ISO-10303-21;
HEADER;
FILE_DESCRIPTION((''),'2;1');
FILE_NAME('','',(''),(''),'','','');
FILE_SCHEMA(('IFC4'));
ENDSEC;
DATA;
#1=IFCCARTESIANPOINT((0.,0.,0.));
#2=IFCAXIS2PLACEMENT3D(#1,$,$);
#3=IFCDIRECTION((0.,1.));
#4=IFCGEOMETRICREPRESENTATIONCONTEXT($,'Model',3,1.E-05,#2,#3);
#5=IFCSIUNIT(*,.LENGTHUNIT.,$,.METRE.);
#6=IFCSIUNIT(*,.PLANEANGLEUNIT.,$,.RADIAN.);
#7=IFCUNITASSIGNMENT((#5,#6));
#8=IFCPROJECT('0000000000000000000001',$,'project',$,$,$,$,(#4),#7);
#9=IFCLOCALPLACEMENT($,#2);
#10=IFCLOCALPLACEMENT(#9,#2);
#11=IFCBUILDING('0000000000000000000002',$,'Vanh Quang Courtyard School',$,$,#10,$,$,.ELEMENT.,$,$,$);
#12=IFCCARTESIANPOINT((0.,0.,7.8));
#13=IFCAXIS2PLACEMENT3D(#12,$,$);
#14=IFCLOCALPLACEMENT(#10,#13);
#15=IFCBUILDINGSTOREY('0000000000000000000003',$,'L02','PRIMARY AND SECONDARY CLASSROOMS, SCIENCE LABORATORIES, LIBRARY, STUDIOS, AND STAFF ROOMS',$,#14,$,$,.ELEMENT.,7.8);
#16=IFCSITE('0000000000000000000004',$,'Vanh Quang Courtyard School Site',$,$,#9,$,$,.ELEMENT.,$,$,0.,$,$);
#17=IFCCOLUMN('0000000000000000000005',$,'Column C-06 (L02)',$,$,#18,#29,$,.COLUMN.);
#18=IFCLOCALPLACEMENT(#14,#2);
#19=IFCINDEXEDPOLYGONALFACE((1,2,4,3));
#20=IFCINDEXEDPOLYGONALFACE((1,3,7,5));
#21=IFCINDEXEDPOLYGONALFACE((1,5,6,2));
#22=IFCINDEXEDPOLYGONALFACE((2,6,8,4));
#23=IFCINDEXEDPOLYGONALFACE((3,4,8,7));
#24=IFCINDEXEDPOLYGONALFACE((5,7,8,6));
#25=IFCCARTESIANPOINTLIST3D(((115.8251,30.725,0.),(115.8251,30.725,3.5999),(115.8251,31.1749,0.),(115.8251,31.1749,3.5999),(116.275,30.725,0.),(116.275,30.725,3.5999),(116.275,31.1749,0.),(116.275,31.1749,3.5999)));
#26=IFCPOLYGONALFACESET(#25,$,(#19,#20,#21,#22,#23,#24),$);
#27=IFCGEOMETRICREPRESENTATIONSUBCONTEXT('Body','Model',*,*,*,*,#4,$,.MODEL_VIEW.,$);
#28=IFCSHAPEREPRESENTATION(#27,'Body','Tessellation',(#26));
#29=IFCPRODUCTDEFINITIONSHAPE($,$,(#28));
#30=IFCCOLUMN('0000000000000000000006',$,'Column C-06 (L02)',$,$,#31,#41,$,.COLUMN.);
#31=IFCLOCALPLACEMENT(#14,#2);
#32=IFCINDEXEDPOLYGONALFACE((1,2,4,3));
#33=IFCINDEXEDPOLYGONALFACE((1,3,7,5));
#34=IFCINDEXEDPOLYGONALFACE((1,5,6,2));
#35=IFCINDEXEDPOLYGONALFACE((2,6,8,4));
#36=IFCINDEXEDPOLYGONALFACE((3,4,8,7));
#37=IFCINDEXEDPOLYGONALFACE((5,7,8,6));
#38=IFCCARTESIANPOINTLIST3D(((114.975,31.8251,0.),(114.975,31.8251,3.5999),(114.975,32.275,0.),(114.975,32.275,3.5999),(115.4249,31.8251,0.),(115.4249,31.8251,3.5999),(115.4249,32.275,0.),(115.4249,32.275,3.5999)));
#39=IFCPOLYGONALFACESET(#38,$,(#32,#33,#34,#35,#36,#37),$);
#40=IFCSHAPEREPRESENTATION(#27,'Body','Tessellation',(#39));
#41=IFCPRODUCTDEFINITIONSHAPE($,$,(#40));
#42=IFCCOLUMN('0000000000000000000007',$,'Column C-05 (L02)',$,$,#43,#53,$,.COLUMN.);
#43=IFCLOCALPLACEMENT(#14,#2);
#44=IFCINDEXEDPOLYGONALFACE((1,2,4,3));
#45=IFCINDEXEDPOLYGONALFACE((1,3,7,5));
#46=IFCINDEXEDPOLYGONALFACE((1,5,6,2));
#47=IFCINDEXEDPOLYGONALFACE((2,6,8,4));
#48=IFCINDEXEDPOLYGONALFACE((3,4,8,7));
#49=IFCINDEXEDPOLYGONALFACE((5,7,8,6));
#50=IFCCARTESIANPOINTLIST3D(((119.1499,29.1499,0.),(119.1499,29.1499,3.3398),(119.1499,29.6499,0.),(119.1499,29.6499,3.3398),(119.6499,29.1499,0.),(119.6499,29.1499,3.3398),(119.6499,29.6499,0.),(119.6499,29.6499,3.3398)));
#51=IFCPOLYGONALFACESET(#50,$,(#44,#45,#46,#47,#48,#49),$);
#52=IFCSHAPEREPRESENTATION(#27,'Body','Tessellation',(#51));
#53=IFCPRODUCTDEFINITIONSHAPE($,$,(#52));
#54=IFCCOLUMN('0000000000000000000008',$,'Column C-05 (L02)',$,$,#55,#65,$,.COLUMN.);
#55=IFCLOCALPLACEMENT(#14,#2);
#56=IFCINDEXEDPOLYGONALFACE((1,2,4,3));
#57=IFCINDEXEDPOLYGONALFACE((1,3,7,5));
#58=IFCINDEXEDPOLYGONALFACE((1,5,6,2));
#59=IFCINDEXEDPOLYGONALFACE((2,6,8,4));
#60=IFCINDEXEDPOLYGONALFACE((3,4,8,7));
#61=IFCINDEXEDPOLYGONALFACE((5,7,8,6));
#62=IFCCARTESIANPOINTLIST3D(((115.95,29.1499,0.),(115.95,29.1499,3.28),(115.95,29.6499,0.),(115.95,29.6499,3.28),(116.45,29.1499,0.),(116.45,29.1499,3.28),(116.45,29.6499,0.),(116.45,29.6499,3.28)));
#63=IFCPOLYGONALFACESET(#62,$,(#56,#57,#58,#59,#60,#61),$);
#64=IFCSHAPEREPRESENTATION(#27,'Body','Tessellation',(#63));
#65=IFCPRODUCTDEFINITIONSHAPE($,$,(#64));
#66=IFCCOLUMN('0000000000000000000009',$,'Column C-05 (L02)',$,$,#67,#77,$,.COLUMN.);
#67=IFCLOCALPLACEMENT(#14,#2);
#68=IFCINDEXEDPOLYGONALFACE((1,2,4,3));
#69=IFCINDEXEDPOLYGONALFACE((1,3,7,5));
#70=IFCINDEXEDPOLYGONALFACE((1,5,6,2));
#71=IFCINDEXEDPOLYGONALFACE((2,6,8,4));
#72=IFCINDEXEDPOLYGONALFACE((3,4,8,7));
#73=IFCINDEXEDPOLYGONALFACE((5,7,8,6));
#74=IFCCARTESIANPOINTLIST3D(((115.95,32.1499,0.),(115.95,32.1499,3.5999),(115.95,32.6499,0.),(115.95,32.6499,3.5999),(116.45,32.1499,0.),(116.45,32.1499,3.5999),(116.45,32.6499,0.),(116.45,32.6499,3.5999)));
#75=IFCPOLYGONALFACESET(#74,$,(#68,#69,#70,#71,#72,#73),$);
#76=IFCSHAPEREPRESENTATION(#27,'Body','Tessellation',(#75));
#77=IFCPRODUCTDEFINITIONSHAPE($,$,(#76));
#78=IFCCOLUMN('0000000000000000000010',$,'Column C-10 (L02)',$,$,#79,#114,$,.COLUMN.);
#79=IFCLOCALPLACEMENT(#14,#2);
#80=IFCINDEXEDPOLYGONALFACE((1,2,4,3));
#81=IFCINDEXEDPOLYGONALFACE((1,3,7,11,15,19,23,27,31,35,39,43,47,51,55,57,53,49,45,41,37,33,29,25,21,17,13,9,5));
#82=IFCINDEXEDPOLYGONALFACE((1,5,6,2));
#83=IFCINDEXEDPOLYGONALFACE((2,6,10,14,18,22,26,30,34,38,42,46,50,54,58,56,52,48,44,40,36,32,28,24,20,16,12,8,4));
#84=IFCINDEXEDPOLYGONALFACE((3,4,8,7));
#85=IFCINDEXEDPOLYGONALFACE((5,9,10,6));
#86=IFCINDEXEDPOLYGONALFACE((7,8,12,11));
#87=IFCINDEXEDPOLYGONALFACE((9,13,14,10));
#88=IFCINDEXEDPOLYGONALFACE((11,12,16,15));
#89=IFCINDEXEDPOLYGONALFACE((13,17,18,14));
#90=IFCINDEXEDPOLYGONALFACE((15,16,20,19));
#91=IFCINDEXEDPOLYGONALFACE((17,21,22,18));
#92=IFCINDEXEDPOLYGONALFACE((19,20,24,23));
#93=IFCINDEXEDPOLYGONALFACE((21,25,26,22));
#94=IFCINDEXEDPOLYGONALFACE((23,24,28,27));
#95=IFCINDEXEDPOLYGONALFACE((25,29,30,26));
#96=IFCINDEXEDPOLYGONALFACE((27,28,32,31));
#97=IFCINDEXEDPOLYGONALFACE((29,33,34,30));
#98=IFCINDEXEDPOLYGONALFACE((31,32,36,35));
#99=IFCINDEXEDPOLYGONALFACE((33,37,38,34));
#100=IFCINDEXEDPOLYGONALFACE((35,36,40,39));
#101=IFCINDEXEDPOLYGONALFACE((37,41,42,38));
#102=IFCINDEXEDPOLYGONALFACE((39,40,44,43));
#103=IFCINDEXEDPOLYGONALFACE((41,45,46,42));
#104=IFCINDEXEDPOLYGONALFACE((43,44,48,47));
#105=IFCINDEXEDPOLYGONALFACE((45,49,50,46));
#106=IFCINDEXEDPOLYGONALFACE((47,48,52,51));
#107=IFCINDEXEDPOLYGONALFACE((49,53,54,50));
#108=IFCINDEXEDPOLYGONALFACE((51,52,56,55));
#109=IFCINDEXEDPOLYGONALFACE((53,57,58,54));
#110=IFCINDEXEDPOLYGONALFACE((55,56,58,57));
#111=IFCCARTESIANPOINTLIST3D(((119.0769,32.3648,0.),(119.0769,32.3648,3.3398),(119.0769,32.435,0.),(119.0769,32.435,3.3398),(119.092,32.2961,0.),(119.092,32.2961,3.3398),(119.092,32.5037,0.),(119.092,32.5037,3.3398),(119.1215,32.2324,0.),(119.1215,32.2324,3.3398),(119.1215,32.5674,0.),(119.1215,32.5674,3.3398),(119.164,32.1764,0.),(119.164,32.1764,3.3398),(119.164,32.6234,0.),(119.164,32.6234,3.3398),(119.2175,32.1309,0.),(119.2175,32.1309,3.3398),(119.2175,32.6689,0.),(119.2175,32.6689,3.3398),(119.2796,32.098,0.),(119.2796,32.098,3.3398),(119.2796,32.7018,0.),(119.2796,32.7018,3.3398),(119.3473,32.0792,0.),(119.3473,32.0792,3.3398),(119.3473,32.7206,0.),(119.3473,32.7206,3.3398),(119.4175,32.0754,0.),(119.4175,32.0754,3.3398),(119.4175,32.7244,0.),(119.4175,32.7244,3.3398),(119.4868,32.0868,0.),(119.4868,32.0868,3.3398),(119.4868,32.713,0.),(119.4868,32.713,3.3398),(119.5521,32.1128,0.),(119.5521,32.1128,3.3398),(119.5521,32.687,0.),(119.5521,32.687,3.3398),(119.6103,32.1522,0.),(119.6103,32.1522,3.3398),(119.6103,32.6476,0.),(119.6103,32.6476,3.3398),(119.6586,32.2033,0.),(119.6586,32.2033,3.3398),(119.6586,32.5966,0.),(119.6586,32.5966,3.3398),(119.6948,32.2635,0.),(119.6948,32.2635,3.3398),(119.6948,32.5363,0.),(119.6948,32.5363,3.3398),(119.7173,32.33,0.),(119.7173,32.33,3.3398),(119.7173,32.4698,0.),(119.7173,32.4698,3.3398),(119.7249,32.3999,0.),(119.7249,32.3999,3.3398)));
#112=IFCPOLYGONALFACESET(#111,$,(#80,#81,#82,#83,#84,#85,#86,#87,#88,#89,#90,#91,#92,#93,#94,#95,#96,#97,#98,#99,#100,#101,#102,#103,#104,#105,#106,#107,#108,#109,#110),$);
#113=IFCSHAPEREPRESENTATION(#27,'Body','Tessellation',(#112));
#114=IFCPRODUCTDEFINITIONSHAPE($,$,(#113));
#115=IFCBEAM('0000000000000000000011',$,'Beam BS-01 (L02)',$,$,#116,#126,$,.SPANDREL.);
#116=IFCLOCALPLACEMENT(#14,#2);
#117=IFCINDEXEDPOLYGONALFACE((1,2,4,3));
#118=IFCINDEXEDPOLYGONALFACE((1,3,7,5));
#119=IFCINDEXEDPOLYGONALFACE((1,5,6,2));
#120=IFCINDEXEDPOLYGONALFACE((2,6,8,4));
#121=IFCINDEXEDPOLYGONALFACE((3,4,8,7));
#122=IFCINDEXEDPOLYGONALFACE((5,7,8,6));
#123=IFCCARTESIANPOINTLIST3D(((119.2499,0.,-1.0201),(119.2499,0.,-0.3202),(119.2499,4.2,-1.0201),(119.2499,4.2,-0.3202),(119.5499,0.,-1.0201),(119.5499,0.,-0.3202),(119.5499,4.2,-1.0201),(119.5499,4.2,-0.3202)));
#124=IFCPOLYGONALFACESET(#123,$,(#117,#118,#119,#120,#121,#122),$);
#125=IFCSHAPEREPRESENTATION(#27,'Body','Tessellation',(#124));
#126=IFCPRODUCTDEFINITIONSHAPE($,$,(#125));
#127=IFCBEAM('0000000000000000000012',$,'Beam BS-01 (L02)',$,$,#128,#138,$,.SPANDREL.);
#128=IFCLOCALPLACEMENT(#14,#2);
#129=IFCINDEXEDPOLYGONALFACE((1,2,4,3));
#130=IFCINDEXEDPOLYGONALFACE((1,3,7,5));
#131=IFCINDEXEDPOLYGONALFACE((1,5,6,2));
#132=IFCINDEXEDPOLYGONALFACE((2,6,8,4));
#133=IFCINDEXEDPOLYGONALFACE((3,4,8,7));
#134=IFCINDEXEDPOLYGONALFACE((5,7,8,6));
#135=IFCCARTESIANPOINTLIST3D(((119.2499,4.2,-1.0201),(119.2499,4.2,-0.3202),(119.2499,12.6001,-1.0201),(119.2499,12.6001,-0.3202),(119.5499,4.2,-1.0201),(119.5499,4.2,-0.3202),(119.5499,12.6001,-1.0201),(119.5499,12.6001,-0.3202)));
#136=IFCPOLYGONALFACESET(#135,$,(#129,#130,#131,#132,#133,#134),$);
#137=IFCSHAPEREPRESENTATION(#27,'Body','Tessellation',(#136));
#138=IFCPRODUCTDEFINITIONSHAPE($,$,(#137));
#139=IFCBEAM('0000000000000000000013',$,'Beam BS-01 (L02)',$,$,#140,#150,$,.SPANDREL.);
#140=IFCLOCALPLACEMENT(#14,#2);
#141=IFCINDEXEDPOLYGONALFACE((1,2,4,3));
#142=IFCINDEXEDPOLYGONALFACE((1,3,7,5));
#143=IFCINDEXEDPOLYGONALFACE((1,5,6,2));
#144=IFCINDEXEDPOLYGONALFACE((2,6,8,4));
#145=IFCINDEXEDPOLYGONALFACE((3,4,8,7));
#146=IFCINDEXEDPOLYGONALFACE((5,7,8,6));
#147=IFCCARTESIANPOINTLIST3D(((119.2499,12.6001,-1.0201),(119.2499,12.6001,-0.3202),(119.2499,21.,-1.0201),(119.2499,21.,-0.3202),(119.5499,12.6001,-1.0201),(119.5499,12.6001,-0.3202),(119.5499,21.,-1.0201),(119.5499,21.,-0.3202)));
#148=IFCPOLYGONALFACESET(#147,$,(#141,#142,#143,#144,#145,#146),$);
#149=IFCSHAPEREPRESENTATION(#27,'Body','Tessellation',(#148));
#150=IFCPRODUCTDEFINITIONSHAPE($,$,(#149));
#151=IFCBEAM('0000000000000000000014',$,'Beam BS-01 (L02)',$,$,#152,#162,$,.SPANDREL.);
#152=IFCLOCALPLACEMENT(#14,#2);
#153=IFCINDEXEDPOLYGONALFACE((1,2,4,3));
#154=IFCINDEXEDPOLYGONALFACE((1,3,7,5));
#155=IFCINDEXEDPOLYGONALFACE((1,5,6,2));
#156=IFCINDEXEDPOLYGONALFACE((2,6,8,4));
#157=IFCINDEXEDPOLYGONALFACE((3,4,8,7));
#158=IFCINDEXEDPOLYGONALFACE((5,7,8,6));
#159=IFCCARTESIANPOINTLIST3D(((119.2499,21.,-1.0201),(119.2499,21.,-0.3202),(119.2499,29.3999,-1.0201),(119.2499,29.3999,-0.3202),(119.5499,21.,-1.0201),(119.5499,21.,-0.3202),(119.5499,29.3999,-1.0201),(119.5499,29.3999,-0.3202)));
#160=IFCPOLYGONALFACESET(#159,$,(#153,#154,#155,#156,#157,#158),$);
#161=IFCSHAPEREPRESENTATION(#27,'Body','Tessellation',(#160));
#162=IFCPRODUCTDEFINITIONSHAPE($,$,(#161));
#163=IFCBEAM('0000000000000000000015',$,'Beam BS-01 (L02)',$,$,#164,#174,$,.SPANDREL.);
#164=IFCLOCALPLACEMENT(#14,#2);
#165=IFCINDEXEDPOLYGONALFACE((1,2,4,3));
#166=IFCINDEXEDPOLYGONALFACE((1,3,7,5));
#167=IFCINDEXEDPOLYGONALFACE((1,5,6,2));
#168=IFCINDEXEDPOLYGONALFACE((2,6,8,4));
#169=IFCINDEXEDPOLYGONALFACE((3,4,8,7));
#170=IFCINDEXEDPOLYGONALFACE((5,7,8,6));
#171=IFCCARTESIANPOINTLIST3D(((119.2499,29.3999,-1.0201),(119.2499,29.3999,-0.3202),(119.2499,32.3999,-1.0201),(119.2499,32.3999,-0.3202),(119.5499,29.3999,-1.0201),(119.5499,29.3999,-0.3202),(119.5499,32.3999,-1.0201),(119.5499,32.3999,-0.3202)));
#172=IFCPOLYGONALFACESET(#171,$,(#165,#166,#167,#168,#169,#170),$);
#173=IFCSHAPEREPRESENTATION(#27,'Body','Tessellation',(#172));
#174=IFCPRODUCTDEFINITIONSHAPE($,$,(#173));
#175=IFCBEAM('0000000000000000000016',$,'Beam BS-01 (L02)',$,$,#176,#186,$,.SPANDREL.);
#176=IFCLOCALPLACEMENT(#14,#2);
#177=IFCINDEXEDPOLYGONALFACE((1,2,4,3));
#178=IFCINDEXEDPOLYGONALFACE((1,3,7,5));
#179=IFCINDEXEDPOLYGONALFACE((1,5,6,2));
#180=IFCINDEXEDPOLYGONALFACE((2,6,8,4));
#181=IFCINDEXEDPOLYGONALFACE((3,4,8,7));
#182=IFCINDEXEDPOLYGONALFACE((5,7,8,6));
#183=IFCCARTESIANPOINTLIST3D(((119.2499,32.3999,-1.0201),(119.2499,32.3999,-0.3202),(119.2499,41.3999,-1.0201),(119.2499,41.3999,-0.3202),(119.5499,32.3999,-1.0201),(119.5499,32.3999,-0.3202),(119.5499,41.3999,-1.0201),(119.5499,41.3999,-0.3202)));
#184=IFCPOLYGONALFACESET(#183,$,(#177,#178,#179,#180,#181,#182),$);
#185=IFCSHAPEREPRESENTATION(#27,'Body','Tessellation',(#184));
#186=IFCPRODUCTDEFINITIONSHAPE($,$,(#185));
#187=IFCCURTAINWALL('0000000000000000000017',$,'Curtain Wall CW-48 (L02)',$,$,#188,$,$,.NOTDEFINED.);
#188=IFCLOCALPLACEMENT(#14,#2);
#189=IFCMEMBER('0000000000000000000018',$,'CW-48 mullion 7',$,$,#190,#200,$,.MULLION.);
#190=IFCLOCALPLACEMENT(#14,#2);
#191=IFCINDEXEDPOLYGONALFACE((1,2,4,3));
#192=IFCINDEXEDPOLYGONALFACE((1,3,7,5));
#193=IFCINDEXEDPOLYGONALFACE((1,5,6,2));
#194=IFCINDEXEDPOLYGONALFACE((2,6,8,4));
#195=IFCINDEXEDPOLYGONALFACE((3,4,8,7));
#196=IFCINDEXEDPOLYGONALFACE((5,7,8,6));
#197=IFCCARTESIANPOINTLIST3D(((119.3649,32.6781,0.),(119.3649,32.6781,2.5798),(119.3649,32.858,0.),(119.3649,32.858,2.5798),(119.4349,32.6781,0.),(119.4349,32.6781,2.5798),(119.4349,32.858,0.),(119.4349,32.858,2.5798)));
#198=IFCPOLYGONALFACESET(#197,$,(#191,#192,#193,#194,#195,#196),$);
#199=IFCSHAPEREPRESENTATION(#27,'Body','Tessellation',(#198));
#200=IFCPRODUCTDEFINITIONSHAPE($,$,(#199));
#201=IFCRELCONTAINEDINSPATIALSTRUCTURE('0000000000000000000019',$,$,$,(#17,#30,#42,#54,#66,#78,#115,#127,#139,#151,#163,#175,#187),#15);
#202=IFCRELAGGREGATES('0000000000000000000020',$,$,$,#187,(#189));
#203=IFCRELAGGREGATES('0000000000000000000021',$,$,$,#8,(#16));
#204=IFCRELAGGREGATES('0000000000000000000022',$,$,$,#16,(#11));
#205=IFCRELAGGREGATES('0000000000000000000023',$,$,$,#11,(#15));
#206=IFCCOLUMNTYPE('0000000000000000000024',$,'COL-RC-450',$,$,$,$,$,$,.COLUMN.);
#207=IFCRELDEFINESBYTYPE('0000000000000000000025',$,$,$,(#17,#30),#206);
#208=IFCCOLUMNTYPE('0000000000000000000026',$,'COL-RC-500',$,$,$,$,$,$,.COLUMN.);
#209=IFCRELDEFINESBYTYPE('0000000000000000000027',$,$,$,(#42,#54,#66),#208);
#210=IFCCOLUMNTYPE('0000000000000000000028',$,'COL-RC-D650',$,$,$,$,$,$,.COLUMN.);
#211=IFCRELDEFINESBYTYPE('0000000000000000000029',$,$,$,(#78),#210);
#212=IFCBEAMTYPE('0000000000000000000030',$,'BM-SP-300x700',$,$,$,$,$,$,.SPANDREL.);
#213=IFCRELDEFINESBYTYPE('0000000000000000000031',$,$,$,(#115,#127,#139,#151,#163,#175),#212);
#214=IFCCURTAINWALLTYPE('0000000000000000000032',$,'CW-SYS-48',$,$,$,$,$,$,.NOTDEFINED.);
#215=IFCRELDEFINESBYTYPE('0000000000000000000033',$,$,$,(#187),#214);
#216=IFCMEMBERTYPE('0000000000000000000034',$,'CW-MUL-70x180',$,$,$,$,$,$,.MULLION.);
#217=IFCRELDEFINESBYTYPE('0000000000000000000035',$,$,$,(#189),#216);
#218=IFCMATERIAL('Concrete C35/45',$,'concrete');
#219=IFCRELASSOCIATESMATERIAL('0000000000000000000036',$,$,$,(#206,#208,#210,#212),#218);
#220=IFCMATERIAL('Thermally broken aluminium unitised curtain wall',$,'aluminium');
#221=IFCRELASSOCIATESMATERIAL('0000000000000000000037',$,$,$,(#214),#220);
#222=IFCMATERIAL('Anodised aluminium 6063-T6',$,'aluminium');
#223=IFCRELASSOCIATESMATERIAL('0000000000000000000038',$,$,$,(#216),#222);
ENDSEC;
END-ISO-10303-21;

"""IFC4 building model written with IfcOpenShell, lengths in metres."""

from ifc_helpers import new_model, si_unit, direction, frame, origin, origin_2d, place, context, subcontext, project, spatial, rectangle, circle, extrude, material, material_profile, profile_set, type_object, element, aggregate, save


model = new_model("IFC4")

# Units and contexts
model_context = context("Model", 3, precision=1e-05, world=origin(), true_north=direction((0.0, 1.0)))
body_context = subcontext(model_context, "Body", "Model", "MODEL_VIEW")
ifc_project = project(units=[si_unit("LENGTHUNIT", "METRE"), si_unit("PLANEANGLEUNIT", "RADIAN")], contexts=[model_context])

# Site, building, storey
site_placement = place(None, origin())
site = spatial("IfcSite", under=ifc_project, at=site_placement, Name="Vanh Quang Courtyard School Site", CompositionType="ELEMENT", RefElevation=0.0)
building_placement = place(site_placement, origin())
building = spatial("IfcBuilding", under=site, at=building_placement, Name="Vanh Quang Courtyard School", CompositionType="ELEMENT")
storey_placement = place(building_placement, frame((0.0, 0.0, 7.8)))
storey = spatial("IfcBuildingStorey", under=building, at=storey_placement, Name="L02", Description="PRIMARY AND SECONDARY CLASSROOMS, SCIENCE LABORATORIES, LIBRARY, STUDIOS, AND STAFF ROOMS", CompositionType="ELEMENT", Elevation=7.8)

# Columns
ifc_material_1 = material(Name="Concrete C35/45", Category="concrete")
ifc_material_profile_1 = material_profile(ifc_material_1, rectangle(XDim=0.45, YDim=0.45, at=origin_2d()), Name="RC-COL 450x450")
ifc_profile_set_1 = profile_set([ifc_material_profile_1], Name="Concrete C35/45")
column_type_1 = type_object("IfcColumnType", Name="COL-RC-450", PredefinedType="COLUMN", material=ifc_profile_set_1)
for number, where, z_axis, x_axis, name in (
    (1, (116.05, 30.95, 0.0), (0.0, 0.0, 1.0), (1.0, 0.0, 0.0), "Column C-06 (L02)"),
    (2, (115.2, 32.05, 0.0), (0.0, 0.0, 1.0), (1.0, 0.0, 0.0), "Column C-06 (L02)"),
):
    element("IfcColumn", number, at=place(storey_placement, frame(where, z_axis=z_axis, x_axis=x_axis)), inside=storey, type_object=column_type_1, Name=name, PredefinedType="COLUMN", context=body_context, shape_type="SweptSolid", body=[
        extrude(rectangle(XDim=0.45, YDim=0.45, at=origin_2d()), origin(), (0.0, 0.0, 1.0), 3.5999),
    ])
ifc_material_profile_2 = material_profile(ifc_material_1, rectangle(XDim=0.5, YDim=0.5, at=origin_2d()), Name="RC-COL 500x500")
ifc_profile_set_2 = profile_set([ifc_material_profile_2], Name="Concrete C35/45")
column_type_2 = type_object("IfcColumnType", Name="COL-RC-500", PredefinedType="COLUMN", material=ifc_profile_set_2)
column_1_placement = place(storey_placement, frame((119.3999, 29.3999, 0.0), z_axis=(0.0, 0.0, 1.0), x_axis=(1.0, 0.0, 0.0)))
element("IfcColumn", 3, at=column_1_placement, inside=storey, type_object=column_type_2, Name="Column C-05 (L02)", PredefinedType="COLUMN", context=body_context, shape_type="SweptSolid", body=[
    extrude(rectangle(XDim=0.5, YDim=0.5, at=origin_2d()), origin(), (0.0, 0.0, 1.0), 3.3398),
])
column_2_placement = place(storey_placement, frame((116.2, 29.3999, 0.0), z_axis=(0.0, 0.0, 1.0), x_axis=(1.0, 0.0, 0.0)))
element("IfcColumn", 4, at=column_2_placement, inside=storey, type_object=column_type_2, Name="Column C-05 (L02)", PredefinedType="COLUMN", context=body_context, shape_type="SweptSolid", body=[
    extrude(rectangle(XDim=0.5, YDim=0.5, at=origin_2d()), origin(), (0.0, 0.0, 1.0), 3.28),
])
column_3_placement = place(storey_placement, frame((116.2, 32.3999, 0.0), z_axis=(0.0, 0.0, 1.0), x_axis=(1.0, 0.0, 0.0)))
element("IfcColumn", 5, at=column_3_placement, inside=storey, type_object=column_type_2, Name="Column C-05 (L02)", PredefinedType="COLUMN", context=body_context, shape_type="SweptSolid", body=[
    extrude(rectangle(XDim=0.5, YDim=0.5, at=origin_2d()), origin(), (0.0, 0.0, 1.0), 3.5999),
])
ifc_material_profile_3 = material_profile(ifc_material_1, circle(Radius=0.325, at=origin_2d()), Name="RC-COL D650")
ifc_profile_set_3 = profile_set([ifc_material_profile_3], Name="Concrete C35/45")
column_type_3 = type_object("IfcColumnType", Name="COL-RC-D650", PredefinedType="COLUMN", material=ifc_profile_set_3)
column_4_placement = place(storey_placement, frame((119.3999, 32.3999, 0.0), z_axis=(0.0, 0.0, 1.0), x_axis=(1.0, 0.0, 0.0)))
element("IfcColumn", 6, at=column_4_placement, inside=storey, type_object=column_type_3, Name="Column C-10 (L02)", PredefinedType="COLUMN", context=body_context, shape_type="SweptSolid", body=[
    extrude(circle(Radius=0.325, at=origin_2d()), origin(), (0.0, 0.0, 1.0), 3.3398),
])

# Beams
ifc_material_profile_4 = material_profile(ifc_material_1, rectangle(XDim=0.3, YDim=0.7, at=origin_2d()), Name="RC-SP 300x700")
ifc_profile_set_4 = profile_set([ifc_material_profile_4], Name="Concrete C35/45")
beam_type = type_object("IfcBeamType", Name="BM-SP-300x700", PredefinedType="SPANDREL", material=ifc_profile_set_4)
beam_1_placement = place(storey_placement, frame((119.3999, 0.0, -0.6702), z_axis=(0.0, 1.0, 0.0), x_axis=(-1.0, 0.0, 0.0)))
element("IfcBeam", 7, at=beam_1_placement, inside=storey, type_object=beam_type, Name="Beam BS-01 (L02)", PredefinedType="SPANDREL", context=body_context, shape_type="SweptSolid", body=[
    extrude(rectangle(XDim=0.3, YDim=0.7, at=origin_2d()), origin(), (0.0, 0.0, 1.0), 4.2),
])
beam_2_placement = place(storey_placement, frame((119.3999, 4.2, -0.6702), z_axis=(0.0, 1.0, 0.0), x_axis=(-1.0, 0.0, 0.0)))
element("IfcBeam", 8, at=beam_2_placement, inside=storey, type_object=beam_type, Name="Beam BS-01 (L02)", PredefinedType="SPANDREL", context=body_context, shape_type="SweptSolid", body=[
    extrude(rectangle(XDim=0.3, YDim=0.7, at=origin_2d()), origin(), (0.0, 0.0, 1.0), 8.4001),
])
for number, where, z_axis, x_axis, name in (
    (9, (119.3999, 12.6001, -0.6702), (0.0, 1.0, 0.0), (-1.0, 0.0, 0.0), "Beam BS-01 (L02)"),
    (10, (119.3999, 21.0, -0.6702), (0.0, 1.0, 0.0), (-1.0, 0.0, 0.0), "Beam BS-01 (L02)"),
):
    element("IfcBeam", number, at=place(storey_placement, frame(where, z_axis=z_axis, x_axis=x_axis)), inside=storey, type_object=beam_type, Name=name, PredefinedType="SPANDREL", context=body_context, shape_type="SweptSolid", body=[
        extrude(rectangle(XDim=0.3, YDim=0.7, at=origin_2d()), origin(), (0.0, 0.0, 1.0), 8.3999),
    ])
beam_3_placement = place(storey_placement, frame((119.3999, 29.3999, -0.6702), z_axis=(0.0, 1.0, 0.0), x_axis=(-1.0, 0.0, 0.0)))
element("IfcBeam", 11, at=beam_3_placement, inside=storey, type_object=beam_type, Name="Beam BS-01 (L02)", PredefinedType="SPANDREL", context=body_context, shape_type="SweptSolid", body=[
    extrude(rectangle(XDim=0.3, YDim=0.7, at=origin_2d()), origin(), (0.0, 0.0, 1.0), 3.0),
])
beam_4_placement = place(storey_placement, frame((119.3999, 32.3999, -0.6702), z_axis=(0.0, 1.0, 0.0), x_axis=(-1.0, 0.0, 0.0)))
element("IfcBeam", 12, at=beam_4_placement, inside=storey, type_object=beam_type, Name="Beam BS-01 (L02)", PredefinedType="SPANDREL", context=body_context, shape_type="SweptSolid", body=[
    extrude(rectangle(XDim=0.3, YDim=0.7, at=origin_2d()), origin(), (0.0, 0.0, 1.0), 9.0),
])

# Curtain wall, member
ifc_material_2 = material(Name="Thermally broken aluminium unitised curtain wall", Category="aluminium")
curtain_wall_type = type_object("IfcCurtainWallType", Name="CW-SYS-48", PredefinedType="NOTDEFINED", material=ifc_material_2)
curtain_wall_placement = place(storey_placement, origin())
curtain_wall = element("IfcCurtainWall", 13, at=curtain_wall_placement, inside=storey, type_object=curtain_wall_type, Name="Curtain Wall CW-48 (L02)", PredefinedType="NOTDEFINED")
ifc_material_3 = material(Name="Anodised aluminium 6063-T6", Category="aluminium")
ifc_material_profile_5 = material_profile(ifc_material_3, rectangle(XDim=0.0701, YDim=0.1799, at=origin_2d()), Name="ALU-MUL 70x180")
ifc_profile_set_5 = profile_set([ifc_material_profile_5], Name="Anodised aluminium 6063-T6")
member_type_1 = type_object("IfcMemberType", Name="CW-MUL-70x180", PredefinedType="MULLION", material=ifc_profile_set_5)
member_1_placement = place(storey_placement, frame((119.3999, 32.7681, 0.0), z_axis=(0.0, 0.0, 1.0), x_axis=(1.0, 0.0, 0.0)))
member_1 = element("IfcMember", 14, at=member_1_placement, type_object=member_type_1, Name="CW-48 mullion 7", PredefinedType="MULLION", context=body_context, shape_type="SweptSolid", body=[
    extrude(rectangle(XDim=0.0701, YDim=0.1799, at=origin_2d()), origin(), (0.0, 0.0, 1.0), 2.5798),
])
aggregate(curtain_wall, [member_1])

save(model, "model.ifc")
